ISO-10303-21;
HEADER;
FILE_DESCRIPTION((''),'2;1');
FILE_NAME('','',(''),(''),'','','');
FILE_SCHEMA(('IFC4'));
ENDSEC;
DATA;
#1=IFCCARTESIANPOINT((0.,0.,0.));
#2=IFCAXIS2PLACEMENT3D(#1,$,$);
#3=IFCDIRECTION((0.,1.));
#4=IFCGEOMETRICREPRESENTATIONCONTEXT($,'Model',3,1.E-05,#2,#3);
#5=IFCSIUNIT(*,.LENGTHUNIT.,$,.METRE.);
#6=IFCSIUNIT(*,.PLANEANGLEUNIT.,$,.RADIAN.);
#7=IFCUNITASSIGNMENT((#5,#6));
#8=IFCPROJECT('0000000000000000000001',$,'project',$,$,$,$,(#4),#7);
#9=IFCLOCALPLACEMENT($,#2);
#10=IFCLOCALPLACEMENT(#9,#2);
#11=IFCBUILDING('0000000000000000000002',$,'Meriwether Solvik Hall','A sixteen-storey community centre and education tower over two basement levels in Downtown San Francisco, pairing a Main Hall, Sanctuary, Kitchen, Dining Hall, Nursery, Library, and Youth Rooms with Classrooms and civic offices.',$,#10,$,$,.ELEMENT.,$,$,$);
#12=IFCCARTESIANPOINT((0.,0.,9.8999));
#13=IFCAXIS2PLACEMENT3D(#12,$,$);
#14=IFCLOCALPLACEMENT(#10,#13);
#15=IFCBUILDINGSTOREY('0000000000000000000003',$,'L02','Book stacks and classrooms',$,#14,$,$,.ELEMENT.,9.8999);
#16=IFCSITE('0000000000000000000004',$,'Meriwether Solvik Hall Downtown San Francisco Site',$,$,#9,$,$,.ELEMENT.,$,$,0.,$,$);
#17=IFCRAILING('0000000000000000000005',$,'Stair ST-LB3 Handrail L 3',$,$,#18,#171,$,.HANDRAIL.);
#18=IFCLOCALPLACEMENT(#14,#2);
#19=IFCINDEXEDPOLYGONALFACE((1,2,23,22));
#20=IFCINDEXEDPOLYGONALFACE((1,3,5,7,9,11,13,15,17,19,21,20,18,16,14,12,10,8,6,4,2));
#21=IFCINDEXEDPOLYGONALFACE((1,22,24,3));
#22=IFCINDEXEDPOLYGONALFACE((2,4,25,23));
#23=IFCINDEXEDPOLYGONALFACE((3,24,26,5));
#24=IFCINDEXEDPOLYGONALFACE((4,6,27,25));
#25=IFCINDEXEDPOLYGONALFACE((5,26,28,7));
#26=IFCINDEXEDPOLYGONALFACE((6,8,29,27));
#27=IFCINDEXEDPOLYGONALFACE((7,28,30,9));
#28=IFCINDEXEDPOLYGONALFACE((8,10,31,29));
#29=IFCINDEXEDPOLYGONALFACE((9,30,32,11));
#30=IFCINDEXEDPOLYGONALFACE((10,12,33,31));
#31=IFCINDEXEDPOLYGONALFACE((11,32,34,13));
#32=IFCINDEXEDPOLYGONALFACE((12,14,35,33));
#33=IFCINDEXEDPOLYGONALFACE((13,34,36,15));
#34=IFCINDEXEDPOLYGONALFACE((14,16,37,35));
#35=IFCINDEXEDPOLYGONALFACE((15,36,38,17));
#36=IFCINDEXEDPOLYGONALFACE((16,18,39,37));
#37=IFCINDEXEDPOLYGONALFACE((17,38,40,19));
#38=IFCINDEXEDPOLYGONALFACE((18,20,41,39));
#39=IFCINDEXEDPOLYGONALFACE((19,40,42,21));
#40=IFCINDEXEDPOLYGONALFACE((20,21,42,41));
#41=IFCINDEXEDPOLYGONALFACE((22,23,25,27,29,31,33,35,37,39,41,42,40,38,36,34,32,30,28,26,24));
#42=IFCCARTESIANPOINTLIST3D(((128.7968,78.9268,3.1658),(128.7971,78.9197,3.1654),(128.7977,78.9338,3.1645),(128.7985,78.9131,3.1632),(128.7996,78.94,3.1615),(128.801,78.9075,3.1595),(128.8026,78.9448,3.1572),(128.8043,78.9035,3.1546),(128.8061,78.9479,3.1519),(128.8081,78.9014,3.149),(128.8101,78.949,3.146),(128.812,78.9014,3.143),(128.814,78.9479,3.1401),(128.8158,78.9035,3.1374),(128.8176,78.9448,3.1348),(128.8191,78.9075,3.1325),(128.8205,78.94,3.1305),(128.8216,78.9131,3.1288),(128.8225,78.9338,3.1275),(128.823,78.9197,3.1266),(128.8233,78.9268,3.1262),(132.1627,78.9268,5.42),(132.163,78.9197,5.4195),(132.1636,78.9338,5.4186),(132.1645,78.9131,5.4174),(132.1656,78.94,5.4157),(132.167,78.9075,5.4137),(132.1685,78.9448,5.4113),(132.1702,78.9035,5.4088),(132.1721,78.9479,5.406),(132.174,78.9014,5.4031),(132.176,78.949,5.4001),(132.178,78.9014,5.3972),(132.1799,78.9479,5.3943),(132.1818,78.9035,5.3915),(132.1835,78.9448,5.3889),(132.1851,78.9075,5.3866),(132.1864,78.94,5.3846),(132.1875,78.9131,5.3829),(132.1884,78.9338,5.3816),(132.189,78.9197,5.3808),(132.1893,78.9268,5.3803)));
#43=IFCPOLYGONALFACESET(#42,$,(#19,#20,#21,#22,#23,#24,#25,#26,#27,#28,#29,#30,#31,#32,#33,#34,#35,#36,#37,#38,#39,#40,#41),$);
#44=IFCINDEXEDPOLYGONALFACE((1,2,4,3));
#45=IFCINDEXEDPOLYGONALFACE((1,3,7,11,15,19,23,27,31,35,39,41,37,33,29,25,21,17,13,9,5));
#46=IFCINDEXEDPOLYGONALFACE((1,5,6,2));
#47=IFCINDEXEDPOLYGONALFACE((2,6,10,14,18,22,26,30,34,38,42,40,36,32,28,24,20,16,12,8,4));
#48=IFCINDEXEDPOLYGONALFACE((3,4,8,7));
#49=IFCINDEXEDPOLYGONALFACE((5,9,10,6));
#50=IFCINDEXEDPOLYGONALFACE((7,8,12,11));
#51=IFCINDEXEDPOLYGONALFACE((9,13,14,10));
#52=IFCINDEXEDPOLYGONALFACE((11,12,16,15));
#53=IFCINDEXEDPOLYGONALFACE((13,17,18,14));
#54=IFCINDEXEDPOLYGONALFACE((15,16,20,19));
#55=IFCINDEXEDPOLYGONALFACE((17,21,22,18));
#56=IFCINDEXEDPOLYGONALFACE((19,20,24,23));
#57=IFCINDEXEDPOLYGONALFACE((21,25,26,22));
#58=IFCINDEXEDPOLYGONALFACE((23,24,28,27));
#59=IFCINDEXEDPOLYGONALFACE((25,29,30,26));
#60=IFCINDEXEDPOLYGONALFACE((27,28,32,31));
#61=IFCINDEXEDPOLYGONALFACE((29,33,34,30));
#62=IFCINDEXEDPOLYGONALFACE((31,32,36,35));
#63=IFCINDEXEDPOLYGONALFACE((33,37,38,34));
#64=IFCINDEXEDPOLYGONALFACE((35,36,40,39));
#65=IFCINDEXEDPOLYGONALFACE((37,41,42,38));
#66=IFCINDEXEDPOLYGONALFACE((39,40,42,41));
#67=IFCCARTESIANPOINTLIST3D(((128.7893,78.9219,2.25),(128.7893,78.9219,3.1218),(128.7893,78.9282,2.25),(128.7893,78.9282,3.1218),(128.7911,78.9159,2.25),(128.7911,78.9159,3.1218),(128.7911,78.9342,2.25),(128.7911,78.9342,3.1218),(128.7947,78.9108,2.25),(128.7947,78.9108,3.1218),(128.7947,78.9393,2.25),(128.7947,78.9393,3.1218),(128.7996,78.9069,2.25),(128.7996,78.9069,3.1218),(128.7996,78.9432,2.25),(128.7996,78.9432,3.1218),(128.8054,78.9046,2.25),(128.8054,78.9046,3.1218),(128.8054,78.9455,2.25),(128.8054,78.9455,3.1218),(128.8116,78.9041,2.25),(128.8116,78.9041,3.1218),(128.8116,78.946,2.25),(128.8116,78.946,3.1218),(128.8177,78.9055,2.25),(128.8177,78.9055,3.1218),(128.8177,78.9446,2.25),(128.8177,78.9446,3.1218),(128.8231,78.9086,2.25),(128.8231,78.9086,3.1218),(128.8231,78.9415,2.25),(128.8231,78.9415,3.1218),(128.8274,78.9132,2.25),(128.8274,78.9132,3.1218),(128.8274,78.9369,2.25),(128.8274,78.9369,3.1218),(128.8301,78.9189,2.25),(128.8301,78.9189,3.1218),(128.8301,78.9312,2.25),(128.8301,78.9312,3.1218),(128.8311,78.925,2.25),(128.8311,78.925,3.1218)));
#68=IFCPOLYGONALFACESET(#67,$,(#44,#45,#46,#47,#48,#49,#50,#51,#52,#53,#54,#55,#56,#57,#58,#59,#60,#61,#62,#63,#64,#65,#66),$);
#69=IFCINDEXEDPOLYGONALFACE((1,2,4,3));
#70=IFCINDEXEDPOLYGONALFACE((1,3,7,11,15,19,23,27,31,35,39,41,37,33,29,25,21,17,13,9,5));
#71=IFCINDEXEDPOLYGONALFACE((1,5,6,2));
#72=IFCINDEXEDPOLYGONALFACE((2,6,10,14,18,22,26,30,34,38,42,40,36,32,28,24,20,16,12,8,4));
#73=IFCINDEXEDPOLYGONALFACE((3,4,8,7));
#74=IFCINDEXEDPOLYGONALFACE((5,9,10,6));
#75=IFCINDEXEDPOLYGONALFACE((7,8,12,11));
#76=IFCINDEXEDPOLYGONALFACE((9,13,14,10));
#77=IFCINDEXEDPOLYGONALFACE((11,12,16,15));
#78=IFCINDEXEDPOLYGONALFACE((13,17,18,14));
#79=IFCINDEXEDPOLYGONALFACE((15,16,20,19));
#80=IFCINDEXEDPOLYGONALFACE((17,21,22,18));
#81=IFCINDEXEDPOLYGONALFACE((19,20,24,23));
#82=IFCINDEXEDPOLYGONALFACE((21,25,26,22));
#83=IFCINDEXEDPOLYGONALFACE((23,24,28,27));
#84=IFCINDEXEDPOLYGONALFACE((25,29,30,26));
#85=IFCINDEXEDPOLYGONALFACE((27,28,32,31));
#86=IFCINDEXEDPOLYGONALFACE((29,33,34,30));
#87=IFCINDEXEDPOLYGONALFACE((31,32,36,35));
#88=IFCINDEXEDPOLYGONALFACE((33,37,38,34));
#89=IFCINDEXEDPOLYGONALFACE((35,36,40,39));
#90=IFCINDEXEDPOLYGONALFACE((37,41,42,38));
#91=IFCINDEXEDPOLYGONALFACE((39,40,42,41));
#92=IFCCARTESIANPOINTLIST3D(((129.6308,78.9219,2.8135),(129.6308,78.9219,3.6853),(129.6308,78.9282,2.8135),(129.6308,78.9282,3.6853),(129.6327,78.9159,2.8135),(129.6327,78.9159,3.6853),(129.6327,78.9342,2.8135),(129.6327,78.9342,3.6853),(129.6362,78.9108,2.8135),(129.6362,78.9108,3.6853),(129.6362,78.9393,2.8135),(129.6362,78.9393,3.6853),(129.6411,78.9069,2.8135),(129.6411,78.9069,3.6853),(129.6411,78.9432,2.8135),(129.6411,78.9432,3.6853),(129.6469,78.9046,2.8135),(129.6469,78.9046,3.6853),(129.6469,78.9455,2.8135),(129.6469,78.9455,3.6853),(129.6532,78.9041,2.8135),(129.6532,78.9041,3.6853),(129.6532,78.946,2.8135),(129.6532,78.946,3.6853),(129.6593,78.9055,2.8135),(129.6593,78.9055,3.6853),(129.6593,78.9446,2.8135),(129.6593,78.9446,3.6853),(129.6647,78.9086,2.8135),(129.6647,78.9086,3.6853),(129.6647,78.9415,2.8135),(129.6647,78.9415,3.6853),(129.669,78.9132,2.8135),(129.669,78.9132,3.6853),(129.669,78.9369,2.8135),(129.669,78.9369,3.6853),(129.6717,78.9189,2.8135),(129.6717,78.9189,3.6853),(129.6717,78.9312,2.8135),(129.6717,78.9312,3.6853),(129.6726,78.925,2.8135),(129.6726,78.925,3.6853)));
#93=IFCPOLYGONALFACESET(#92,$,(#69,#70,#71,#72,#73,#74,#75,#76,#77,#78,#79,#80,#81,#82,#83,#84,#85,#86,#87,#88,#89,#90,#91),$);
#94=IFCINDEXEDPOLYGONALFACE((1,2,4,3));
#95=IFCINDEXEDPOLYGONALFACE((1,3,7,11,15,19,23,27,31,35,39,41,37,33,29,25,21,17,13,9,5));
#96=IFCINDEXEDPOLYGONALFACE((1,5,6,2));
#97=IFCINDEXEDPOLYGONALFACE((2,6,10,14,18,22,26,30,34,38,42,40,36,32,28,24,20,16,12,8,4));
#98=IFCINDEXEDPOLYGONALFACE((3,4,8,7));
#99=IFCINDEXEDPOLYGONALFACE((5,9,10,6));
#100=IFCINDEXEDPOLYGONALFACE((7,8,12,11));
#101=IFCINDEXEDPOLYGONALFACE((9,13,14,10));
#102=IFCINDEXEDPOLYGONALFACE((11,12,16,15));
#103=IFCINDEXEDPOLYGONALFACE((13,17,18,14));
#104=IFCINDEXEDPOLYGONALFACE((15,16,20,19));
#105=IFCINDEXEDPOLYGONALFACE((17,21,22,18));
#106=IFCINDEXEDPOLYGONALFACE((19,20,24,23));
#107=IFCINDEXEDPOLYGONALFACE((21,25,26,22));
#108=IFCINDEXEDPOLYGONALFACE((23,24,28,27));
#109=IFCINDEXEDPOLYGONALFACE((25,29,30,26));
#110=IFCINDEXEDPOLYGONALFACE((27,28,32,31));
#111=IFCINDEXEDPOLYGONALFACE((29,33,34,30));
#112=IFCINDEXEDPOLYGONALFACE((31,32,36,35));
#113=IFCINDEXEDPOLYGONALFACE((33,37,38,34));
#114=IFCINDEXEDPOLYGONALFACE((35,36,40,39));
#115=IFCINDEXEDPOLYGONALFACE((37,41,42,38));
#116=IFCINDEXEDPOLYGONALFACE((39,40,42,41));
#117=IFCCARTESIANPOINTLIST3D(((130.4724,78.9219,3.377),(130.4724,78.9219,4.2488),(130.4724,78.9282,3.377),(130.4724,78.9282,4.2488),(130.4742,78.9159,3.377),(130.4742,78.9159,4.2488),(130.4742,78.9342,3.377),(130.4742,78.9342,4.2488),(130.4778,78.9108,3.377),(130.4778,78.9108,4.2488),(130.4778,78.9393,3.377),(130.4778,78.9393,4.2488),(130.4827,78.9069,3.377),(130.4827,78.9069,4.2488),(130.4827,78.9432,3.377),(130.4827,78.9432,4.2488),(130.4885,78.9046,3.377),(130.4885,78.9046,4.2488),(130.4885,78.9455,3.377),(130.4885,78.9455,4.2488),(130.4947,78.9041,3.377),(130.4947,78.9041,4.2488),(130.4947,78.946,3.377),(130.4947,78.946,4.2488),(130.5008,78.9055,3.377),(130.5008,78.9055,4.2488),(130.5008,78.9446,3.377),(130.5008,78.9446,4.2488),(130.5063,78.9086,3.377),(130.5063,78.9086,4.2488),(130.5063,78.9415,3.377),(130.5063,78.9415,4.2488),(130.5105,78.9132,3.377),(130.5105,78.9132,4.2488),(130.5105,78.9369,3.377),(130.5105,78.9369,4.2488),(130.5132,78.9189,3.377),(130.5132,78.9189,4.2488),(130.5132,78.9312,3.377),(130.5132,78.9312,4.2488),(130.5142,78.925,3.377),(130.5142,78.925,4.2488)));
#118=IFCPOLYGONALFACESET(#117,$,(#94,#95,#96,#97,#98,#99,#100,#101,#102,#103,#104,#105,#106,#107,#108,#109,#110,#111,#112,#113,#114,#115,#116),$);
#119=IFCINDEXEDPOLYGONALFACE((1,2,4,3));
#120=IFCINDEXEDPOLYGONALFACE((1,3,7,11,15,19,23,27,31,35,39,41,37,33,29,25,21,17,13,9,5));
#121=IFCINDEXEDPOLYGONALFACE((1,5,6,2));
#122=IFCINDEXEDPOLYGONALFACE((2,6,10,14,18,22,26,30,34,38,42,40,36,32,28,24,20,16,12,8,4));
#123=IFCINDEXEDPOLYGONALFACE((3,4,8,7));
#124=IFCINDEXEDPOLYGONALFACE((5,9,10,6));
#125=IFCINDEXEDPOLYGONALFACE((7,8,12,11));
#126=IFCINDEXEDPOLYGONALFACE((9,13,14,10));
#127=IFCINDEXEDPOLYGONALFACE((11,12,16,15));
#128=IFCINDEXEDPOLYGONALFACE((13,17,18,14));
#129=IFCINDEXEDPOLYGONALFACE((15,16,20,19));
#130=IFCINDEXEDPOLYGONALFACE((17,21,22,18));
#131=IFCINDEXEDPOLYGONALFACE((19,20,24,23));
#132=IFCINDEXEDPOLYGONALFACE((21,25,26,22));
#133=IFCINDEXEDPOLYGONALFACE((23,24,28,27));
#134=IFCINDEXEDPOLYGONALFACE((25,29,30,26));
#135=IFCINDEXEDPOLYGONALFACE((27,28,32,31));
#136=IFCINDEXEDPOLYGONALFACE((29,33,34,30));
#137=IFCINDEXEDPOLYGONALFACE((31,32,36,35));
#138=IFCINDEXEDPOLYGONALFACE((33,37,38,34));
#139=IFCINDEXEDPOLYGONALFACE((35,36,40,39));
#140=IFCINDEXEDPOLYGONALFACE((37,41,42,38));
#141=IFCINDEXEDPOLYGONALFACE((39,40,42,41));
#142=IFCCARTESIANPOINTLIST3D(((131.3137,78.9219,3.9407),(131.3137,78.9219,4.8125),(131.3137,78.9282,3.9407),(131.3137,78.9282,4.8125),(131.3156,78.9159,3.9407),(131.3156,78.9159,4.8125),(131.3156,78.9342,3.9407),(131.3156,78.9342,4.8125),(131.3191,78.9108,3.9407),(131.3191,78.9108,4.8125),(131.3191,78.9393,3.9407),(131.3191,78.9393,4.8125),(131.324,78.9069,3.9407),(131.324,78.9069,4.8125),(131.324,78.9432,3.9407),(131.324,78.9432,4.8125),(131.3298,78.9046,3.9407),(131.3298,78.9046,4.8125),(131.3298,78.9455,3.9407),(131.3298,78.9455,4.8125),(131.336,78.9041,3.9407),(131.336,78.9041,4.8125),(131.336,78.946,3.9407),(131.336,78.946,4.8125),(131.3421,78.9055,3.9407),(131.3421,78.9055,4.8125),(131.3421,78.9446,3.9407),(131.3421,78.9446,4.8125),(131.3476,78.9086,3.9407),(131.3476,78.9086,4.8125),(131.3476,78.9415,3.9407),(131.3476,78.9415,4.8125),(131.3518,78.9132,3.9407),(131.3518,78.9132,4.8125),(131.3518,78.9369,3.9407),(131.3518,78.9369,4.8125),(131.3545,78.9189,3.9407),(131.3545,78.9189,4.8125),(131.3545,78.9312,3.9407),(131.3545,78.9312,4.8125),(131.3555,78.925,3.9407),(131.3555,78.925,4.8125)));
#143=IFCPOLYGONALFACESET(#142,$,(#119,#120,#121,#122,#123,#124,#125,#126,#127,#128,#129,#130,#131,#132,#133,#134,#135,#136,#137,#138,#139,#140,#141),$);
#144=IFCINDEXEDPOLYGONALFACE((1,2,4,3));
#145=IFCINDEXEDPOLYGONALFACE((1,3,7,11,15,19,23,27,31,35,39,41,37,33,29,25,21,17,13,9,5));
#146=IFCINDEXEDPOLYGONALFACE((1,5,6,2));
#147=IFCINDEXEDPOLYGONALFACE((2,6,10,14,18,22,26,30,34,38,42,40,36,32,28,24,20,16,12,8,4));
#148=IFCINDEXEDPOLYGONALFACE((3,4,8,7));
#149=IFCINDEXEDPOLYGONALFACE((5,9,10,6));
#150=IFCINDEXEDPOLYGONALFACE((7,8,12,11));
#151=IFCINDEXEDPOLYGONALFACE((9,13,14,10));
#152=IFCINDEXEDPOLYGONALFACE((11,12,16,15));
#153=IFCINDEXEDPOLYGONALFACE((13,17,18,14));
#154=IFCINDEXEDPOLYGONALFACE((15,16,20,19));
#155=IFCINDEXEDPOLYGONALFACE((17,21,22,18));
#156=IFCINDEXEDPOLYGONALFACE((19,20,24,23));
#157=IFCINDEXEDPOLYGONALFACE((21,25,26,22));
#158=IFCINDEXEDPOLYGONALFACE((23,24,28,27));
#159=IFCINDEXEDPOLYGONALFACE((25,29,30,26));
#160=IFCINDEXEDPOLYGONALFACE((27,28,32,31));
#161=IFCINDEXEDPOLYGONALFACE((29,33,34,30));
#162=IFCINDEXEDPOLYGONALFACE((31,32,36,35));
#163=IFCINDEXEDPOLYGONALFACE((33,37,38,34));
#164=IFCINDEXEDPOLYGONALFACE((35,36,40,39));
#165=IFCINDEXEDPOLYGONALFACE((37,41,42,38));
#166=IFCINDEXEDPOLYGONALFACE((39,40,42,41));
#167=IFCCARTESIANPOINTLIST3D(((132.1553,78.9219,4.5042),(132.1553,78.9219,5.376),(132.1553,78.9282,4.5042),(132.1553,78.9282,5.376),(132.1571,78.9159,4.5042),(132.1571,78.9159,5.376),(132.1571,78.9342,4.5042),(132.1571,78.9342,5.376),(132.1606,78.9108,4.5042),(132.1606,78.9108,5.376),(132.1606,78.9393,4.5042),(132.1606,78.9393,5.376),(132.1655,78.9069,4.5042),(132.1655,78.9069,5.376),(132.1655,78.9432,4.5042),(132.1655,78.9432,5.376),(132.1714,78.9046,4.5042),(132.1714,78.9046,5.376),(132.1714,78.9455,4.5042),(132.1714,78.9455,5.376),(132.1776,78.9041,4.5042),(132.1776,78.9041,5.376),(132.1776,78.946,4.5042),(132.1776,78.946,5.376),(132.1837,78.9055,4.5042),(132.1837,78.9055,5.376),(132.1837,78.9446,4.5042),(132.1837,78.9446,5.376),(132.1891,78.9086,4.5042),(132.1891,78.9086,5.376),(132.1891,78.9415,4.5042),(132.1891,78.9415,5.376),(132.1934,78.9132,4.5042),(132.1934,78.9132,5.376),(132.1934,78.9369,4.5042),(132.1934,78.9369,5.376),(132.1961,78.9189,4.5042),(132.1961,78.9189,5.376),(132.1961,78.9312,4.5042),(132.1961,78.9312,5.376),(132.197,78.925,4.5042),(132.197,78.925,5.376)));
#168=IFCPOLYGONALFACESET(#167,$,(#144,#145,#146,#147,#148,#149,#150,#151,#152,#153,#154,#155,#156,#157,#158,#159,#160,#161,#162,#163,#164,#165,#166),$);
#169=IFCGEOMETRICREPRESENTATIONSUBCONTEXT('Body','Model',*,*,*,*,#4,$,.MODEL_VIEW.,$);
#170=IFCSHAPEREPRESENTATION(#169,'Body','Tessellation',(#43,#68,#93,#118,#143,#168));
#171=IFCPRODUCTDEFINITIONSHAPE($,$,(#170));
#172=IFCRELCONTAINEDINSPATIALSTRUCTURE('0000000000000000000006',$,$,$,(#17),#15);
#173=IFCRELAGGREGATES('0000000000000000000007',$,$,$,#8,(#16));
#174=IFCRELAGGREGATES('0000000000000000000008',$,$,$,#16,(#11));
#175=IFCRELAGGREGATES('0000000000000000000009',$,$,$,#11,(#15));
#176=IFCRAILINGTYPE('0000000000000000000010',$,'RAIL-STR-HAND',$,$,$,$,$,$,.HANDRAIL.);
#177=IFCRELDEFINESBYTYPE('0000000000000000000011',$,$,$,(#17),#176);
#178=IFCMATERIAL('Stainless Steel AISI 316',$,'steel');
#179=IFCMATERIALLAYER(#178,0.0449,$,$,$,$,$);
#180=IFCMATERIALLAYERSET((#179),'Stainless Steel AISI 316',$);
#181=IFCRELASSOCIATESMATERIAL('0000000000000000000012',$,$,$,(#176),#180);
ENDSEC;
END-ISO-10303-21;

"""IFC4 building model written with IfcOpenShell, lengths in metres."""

from ifc_helpers import new_model, si_unit, direction, frame, origin, origin_2d, place, context, subcontext, project, spatial, circle, extrude, material, layer, layer_set, type_object, element, save


model = new_model("IFC4")

# Units and contexts
model_context = context("Model", 3, precision=1e-05, world=origin(), true_north=direction((0.0, 1.0)))
body_context = subcontext(model_context, "Body", "Model", "MODEL_VIEW")
ifc_project = project(units=[si_unit("LENGTHUNIT", "METRE"), si_unit("PLANEANGLEUNIT", "RADIAN")], contexts=[model_context])

# Site, building, storey
site_placement = place(None, origin())
site = spatial("IfcSite", under=ifc_project, at=site_placement, Name="Meriwether Solvik Hall Downtown San Francisco Site", CompositionType="ELEMENT", RefElevation=0.0)
building_placement = place(site_placement, origin())
building = spatial("IfcBuilding", under=site, at=building_placement, Name="Meriwether Solvik Hall", Description="A sixteen-storey community centre and education tower over two basement levels in Downtown San Francisco, pairing a Main Hall, Sanctuary, Kitchen, Dining Hall, Nursery, Library, and Youth Rooms with Classrooms and civic offices.", CompositionType="ELEMENT")
storey_placement = place(building_placement, frame((0.0, 0.0, 9.8999)))
storey = spatial("IfcBuildingStorey", under=building, at=storey_placement, Name="L02", Description="Book stacks and classrooms", CompositionType="ELEMENT", Elevation=9.8999)

# Railing
ifc_material_1 = material(Name="Stainless Steel AISI 316", Category="steel")
ifc_layer_1 = layer(ifc_material_1, 0.0449)
ifc_layer_set_1 = layer_set([ifc_layer_1], Name="Stainless Steel AISI 316")
railing_type_1 = type_object("IfcRailingType", Name="RAIL-STR-HAND", PredefinedType="HANDRAIL", material=ifc_layer_set_1)
for number, where, name in (
    (1, (128.8101, 78.925, 2.25), "Stair ST-LB3 Handrail L 3"),
):
    element("IfcRailing", number, at=place(storey_placement, frame(where)), inside=storey, type_object=railing_type_1, Name=name, PredefinedType="HANDRAIL", context=body_context, shape_type="SweptSolid", body=[
        extrude(circle(Radius=0.0239, at=origin_2d()), frame((0.0, 0.0, 0.896), z_axis=(0.83089, 0.0, 0.556437), x_axis=(0.0, 1.0, 0.0)), (0.0, 0.0, 1.0), 4.051),
        extrude(circle(Radius=0.021, at=origin_2d()), origin(), (0.0, 0.0, 1.0), 0.8718),
        extrude(circle(Radius=0.021, at=origin_2d()), frame((0.8416, 0.0, 0.5635)), (0.0, 0.0, 1.0), 0.8718),
        extrude(circle(Radius=0.021, at=origin_2d()), frame((1.6831, 0.0, 1.127)), (0.0, 0.0, 1.0), 0.8718),
        extrude(circle(Radius=0.021, at=origin_2d()), frame((2.5244, 0.0, 1.6907)), (0.0, 0.0, 1.0), 0.8718),
        extrude(circle(Radius=0.021, at=origin_2d()), frame((3.366, 0.0, 2.2542)), (0.0, 0.0, 1.0), 0.8718),
    ])

save(model, "model.ifc")
